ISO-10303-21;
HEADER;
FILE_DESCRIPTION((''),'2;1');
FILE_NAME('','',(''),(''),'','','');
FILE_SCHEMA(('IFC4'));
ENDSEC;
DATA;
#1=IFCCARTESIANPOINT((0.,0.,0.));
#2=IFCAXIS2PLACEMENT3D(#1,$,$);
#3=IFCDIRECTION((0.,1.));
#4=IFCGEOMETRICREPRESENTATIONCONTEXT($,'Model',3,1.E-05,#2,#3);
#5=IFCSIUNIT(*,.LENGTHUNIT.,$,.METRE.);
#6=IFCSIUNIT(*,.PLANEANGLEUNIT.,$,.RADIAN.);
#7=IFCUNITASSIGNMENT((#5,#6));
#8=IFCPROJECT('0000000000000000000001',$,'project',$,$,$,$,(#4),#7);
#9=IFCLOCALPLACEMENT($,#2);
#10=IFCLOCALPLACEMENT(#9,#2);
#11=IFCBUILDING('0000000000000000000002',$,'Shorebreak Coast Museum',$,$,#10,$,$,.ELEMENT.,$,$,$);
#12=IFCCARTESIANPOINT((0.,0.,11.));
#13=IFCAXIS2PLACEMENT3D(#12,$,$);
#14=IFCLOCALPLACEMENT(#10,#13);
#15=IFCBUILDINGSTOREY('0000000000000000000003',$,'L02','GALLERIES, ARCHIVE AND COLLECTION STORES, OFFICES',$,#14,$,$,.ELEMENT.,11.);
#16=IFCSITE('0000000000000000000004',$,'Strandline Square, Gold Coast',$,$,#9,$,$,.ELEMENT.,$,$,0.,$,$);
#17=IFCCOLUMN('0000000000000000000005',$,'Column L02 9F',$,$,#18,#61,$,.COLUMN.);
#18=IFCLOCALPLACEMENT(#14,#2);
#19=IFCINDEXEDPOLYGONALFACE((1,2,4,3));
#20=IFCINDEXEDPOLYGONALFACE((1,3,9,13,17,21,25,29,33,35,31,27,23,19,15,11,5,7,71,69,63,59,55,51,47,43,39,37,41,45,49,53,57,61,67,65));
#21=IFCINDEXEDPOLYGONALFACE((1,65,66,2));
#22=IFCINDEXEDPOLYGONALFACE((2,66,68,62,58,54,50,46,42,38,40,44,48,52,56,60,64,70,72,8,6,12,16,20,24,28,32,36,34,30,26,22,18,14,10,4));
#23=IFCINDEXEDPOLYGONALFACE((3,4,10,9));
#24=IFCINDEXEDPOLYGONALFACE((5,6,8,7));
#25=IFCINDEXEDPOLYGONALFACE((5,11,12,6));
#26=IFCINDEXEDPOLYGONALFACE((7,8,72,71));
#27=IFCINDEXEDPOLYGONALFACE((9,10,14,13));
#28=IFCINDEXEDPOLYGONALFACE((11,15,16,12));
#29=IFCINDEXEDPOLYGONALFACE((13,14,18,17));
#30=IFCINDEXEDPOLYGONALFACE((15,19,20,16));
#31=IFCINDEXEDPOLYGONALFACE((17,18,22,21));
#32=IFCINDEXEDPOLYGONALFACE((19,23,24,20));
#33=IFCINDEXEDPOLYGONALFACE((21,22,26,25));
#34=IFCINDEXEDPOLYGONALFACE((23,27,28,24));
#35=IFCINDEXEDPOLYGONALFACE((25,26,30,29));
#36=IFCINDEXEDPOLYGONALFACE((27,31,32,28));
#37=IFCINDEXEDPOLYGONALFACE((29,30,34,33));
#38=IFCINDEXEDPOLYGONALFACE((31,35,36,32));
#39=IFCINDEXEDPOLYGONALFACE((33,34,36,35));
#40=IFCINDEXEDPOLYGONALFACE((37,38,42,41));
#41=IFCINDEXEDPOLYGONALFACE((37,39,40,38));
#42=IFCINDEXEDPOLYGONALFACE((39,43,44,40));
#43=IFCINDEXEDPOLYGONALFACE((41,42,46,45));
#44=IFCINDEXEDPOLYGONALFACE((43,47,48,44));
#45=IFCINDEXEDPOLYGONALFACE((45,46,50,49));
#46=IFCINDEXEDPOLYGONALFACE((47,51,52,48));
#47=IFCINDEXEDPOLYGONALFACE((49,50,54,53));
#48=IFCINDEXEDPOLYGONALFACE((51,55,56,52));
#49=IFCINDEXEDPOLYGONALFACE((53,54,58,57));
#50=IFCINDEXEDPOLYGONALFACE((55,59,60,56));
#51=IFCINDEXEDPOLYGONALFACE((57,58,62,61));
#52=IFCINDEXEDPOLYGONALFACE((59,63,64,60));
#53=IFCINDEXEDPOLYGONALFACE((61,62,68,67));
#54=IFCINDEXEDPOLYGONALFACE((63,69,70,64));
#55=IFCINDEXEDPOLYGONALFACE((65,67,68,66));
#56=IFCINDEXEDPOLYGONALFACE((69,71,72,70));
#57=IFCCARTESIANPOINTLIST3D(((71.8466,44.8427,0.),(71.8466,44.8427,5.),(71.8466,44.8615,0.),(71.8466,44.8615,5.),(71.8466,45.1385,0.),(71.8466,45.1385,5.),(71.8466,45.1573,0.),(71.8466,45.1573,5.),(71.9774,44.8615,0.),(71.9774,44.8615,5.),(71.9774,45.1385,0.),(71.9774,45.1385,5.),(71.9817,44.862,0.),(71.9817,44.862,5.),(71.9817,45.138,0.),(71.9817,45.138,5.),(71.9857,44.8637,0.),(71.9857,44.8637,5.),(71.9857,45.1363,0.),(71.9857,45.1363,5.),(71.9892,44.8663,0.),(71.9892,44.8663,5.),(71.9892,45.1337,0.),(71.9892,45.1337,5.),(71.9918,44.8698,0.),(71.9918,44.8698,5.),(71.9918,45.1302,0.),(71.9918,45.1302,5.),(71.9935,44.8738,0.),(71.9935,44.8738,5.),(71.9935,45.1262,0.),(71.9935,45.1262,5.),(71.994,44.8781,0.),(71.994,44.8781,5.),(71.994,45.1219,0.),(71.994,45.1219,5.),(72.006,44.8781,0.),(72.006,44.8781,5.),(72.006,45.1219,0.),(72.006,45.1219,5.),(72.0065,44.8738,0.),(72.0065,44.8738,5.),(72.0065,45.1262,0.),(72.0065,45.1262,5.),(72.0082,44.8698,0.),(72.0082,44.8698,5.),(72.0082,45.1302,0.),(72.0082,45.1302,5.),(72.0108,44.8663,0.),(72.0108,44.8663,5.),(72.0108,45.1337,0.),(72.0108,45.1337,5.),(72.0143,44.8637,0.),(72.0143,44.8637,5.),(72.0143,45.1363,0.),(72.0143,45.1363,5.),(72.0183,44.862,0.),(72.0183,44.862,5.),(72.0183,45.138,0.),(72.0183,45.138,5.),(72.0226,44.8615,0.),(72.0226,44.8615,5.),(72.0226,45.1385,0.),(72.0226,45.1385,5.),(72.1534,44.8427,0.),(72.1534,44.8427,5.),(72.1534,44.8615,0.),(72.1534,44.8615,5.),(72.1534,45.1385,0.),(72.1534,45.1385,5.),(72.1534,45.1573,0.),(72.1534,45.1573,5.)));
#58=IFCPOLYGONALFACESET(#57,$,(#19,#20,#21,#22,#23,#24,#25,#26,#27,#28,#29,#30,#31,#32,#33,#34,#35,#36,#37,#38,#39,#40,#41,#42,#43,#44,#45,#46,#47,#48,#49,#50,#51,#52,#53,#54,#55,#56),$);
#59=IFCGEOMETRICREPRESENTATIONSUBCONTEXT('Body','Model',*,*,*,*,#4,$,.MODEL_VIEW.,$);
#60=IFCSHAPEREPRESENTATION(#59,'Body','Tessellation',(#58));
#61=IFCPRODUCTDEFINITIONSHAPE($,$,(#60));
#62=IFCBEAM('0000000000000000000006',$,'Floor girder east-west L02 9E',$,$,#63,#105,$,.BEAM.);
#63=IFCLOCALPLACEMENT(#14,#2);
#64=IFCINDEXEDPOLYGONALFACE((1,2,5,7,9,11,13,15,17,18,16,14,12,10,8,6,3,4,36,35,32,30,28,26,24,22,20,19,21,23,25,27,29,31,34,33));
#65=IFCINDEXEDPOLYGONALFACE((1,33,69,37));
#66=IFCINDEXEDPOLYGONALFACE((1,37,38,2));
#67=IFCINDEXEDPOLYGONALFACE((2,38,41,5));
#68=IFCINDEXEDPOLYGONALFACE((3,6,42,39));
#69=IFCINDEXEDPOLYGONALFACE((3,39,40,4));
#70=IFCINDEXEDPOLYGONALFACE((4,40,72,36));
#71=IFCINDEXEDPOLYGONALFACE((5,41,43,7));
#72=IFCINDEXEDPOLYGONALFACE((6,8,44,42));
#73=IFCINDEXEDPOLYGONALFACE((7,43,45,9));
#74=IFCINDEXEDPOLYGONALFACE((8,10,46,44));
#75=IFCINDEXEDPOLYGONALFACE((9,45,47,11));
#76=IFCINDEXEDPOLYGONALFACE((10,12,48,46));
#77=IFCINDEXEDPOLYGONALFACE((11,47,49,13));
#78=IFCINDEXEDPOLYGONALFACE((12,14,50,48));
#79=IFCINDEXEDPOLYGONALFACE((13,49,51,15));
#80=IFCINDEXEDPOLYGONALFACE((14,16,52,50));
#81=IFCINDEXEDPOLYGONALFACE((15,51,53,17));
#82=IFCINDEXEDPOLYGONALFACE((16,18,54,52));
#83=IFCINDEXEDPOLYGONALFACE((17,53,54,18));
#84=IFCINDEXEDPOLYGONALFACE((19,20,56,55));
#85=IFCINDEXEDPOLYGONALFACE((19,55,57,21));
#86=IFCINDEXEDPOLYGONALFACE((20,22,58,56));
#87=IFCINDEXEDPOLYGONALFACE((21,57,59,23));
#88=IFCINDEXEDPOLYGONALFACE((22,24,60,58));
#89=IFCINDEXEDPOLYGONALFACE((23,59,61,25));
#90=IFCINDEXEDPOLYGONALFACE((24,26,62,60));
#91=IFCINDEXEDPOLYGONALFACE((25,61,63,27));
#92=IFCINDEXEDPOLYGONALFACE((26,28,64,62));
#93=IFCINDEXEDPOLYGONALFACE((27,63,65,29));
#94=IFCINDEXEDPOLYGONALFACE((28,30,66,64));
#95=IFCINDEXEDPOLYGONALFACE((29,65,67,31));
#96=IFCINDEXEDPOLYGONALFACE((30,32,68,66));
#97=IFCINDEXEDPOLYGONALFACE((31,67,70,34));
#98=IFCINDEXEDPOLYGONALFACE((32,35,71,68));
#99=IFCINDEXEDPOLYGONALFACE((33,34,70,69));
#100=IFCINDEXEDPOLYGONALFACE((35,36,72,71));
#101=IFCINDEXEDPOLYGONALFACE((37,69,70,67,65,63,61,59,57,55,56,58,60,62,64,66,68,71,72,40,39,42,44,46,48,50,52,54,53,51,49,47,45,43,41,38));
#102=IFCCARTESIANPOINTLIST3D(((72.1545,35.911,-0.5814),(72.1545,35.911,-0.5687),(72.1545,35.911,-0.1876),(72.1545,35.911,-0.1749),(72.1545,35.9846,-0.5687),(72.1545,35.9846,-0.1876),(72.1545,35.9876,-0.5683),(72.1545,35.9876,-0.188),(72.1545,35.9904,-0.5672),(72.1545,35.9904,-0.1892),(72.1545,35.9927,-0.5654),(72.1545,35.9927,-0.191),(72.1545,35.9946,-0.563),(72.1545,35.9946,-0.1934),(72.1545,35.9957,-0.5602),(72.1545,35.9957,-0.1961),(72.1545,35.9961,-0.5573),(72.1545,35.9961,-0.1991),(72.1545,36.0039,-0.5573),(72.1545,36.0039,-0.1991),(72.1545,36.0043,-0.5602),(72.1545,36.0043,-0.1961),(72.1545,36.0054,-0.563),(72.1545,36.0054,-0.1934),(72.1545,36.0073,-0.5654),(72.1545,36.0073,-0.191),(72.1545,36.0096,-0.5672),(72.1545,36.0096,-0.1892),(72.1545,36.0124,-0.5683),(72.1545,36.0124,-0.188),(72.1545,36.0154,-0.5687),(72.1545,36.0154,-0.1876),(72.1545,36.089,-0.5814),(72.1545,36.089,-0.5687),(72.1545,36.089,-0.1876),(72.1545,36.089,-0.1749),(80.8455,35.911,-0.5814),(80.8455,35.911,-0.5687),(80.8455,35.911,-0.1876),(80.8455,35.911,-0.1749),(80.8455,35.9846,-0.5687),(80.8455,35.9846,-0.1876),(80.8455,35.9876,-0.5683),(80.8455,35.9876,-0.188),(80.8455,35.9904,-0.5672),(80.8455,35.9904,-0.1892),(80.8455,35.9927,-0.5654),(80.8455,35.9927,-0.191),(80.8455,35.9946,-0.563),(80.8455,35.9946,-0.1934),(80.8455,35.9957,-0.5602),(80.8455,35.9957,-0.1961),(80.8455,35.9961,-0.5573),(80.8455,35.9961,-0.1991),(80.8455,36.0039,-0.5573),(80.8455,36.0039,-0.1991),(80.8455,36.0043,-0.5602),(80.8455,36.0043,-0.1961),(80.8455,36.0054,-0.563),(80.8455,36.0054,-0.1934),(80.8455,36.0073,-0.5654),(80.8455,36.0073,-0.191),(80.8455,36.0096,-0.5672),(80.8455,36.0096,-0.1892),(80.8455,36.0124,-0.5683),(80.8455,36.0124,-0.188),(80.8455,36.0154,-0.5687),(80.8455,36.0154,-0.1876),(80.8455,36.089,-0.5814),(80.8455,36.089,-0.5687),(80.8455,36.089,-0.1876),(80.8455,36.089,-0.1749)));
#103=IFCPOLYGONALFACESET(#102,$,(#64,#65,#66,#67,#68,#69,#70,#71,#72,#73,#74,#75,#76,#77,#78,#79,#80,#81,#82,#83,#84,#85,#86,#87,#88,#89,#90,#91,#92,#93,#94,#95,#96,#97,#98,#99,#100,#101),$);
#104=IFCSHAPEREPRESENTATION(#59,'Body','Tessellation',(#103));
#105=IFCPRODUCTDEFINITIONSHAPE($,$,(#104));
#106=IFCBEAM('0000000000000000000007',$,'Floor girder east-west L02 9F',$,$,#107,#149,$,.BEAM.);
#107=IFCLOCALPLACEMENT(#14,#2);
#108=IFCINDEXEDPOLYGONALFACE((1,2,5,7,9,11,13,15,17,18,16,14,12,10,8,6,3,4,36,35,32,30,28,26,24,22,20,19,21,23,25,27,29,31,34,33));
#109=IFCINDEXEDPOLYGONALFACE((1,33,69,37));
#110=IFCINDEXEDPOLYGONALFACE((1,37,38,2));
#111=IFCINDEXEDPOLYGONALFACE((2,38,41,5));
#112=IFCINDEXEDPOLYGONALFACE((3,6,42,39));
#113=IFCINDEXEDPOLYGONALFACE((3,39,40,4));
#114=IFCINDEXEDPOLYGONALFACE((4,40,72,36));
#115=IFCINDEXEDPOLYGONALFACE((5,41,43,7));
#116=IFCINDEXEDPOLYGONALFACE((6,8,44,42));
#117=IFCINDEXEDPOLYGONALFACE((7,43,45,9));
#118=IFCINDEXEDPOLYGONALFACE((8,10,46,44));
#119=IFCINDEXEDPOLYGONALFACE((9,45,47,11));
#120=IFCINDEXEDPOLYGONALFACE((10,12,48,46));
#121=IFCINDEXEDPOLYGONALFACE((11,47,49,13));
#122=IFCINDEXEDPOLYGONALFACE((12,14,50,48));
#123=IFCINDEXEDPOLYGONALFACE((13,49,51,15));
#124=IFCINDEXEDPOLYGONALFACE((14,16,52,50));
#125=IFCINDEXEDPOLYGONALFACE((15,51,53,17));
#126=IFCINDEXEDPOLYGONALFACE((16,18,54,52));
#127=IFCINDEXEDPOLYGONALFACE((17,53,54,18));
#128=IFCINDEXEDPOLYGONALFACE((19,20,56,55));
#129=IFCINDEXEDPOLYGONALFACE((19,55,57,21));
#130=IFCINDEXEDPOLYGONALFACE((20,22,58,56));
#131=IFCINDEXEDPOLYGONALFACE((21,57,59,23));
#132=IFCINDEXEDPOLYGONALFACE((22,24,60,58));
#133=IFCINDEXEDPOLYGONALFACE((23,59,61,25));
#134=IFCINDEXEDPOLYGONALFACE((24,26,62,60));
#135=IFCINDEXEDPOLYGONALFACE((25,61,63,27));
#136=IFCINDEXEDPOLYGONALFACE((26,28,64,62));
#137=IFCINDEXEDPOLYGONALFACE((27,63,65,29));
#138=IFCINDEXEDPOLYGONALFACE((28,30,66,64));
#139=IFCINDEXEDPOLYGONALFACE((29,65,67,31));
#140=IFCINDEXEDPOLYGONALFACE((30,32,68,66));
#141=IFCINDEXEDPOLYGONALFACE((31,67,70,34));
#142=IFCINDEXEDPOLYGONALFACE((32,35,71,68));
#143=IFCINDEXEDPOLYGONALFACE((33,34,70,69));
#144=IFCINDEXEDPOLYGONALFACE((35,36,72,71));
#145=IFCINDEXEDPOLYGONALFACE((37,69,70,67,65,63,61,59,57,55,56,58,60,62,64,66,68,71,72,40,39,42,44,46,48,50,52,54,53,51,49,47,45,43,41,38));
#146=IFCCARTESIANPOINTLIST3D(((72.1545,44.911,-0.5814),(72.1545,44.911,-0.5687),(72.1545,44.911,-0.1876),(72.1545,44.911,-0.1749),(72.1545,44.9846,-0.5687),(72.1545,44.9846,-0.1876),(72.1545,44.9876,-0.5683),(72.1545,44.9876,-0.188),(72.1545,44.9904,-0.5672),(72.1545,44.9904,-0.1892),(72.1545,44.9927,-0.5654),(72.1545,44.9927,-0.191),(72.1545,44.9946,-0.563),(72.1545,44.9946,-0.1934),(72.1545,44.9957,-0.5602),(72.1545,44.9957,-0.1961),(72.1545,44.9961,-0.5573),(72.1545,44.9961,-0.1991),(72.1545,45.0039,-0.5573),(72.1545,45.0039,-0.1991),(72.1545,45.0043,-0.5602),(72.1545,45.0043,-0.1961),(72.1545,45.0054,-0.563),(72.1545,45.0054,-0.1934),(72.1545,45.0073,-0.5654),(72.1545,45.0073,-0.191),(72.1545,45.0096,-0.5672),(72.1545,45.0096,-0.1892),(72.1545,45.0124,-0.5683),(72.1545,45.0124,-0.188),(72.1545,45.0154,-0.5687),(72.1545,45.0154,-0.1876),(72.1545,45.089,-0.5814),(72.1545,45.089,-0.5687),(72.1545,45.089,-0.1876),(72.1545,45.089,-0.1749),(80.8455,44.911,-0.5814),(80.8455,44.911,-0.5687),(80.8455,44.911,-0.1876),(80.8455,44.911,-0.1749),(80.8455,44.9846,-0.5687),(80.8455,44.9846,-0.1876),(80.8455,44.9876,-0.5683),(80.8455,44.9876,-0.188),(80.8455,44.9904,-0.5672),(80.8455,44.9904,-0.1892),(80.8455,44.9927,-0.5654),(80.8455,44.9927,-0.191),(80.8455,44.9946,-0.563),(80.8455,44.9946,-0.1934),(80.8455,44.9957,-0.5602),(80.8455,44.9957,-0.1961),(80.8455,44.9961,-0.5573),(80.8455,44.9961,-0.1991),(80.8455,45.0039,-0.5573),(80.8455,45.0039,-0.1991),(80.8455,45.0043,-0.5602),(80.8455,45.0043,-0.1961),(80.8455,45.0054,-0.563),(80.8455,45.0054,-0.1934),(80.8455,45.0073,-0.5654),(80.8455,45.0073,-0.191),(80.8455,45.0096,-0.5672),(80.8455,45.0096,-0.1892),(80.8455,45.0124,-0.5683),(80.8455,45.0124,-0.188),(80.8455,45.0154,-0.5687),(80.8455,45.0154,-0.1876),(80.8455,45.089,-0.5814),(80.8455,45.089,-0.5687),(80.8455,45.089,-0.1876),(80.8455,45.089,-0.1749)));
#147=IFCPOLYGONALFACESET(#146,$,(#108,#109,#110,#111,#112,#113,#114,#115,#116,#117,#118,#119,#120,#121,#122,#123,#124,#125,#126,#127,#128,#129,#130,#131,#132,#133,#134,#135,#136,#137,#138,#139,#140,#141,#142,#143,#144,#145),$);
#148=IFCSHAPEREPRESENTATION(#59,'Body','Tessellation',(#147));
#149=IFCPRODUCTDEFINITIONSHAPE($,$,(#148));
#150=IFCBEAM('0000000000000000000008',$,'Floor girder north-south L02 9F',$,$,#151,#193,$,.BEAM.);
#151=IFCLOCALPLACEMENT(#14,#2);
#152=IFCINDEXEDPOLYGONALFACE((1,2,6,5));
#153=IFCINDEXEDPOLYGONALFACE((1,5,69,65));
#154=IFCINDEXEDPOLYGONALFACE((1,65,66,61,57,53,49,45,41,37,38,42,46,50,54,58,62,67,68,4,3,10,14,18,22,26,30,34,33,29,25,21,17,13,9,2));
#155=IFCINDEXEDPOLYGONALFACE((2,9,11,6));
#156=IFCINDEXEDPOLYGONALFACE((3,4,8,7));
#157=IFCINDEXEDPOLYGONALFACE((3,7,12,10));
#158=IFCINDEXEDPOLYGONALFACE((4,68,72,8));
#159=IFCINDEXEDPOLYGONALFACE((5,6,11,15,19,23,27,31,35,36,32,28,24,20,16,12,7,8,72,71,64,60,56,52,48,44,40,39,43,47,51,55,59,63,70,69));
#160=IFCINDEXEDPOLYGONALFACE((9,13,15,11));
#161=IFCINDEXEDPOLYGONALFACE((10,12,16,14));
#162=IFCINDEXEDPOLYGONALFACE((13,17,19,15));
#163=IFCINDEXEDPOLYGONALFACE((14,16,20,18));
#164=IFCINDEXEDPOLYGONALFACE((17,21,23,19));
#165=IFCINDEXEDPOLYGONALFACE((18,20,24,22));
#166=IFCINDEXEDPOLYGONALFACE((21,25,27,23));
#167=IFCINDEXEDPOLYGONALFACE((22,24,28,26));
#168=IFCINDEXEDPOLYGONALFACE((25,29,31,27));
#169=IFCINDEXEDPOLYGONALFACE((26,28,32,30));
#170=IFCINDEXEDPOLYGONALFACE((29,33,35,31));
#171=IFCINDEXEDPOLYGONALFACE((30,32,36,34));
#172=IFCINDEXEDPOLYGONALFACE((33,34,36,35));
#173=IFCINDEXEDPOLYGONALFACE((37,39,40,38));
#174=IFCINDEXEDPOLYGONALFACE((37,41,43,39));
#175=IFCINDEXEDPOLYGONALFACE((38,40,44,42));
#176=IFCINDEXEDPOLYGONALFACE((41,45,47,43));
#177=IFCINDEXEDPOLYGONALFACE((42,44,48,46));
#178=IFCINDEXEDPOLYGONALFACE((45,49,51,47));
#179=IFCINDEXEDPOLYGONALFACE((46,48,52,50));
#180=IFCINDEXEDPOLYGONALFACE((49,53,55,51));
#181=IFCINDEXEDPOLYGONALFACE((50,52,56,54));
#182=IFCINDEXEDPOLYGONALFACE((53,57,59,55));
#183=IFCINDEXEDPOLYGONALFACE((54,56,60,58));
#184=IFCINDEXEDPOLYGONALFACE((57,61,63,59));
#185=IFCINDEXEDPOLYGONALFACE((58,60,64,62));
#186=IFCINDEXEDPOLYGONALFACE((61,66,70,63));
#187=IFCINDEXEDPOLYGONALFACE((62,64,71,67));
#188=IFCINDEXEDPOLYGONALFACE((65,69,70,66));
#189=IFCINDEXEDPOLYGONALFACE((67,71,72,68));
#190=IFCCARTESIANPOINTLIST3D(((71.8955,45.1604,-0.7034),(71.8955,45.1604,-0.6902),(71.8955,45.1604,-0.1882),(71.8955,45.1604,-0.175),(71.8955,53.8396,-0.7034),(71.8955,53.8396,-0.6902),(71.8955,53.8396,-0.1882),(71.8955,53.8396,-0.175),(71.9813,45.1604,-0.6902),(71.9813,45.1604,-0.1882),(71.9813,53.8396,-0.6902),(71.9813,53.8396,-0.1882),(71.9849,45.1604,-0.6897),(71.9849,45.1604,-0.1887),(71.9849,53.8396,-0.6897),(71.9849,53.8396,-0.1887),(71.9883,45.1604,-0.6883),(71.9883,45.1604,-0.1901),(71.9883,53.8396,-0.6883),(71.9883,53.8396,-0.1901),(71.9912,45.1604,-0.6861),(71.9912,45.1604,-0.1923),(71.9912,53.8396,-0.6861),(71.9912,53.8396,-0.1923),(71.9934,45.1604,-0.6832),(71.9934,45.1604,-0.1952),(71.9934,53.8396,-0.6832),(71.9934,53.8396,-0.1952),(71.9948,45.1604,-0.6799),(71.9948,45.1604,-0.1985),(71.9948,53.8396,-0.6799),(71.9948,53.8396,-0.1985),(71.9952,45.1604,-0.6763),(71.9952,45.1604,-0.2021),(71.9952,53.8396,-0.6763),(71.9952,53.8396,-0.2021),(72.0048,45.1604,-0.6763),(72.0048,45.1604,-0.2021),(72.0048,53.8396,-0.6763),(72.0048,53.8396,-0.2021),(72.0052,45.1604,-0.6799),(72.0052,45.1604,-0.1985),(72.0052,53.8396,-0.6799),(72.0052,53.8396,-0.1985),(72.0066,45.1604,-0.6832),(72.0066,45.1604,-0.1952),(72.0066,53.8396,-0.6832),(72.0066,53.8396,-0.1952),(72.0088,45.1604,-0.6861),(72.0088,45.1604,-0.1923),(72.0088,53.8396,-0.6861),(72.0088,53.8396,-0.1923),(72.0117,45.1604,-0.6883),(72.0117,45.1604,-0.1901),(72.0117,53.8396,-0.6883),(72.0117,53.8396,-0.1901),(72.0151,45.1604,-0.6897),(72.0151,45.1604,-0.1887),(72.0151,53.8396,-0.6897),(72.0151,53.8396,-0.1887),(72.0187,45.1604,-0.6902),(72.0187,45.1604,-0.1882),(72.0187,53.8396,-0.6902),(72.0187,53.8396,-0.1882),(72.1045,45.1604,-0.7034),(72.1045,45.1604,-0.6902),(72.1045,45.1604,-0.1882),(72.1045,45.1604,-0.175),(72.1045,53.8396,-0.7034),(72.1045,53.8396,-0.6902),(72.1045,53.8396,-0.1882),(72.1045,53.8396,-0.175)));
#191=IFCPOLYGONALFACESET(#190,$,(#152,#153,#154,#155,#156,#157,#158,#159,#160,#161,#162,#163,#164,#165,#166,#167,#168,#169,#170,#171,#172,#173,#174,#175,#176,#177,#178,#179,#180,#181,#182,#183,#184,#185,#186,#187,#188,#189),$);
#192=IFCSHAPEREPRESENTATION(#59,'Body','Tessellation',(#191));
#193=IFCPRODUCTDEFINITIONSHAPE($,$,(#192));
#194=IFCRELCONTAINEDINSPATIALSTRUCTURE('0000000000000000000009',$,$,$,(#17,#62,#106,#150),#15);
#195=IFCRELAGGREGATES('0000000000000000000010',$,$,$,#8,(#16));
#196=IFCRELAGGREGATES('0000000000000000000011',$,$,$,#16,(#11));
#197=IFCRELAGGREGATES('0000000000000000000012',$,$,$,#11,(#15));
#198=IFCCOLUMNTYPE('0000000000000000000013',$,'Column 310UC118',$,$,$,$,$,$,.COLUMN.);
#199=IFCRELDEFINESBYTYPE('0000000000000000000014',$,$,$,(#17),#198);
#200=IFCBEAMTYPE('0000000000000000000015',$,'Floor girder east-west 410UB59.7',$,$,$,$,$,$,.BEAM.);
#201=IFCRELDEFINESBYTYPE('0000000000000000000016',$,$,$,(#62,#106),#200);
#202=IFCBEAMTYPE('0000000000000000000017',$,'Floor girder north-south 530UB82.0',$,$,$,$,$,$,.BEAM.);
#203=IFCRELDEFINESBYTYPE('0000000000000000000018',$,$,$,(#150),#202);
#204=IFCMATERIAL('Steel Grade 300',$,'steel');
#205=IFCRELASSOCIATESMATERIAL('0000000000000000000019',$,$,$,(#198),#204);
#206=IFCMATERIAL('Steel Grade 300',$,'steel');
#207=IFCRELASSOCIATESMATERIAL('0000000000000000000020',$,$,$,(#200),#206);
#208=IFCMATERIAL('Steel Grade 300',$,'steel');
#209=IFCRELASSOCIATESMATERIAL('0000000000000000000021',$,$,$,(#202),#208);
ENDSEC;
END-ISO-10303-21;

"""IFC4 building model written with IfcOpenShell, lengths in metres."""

from ifc_helpers import new_model, si_unit, direction, frame, origin, origin_2d, place, context, subcontext, project, spatial, i_section, extrude, material, material_profile, profile_set, type_object, element, save


model = new_model("IFC4")

# Units and contexts
model_context = context("Model", 3, precision=1e-05, world=origin(), true_north=direction((0.0, 1.0)))
body_context = subcontext(model_context, "Body", "Model", "MODEL_VIEW")
ifc_project = project(units=[si_unit("LENGTHUNIT", "METRE"), si_unit("PLANEANGLEUNIT", "RADIAN")], contexts=[model_context])

# Site, building, storey
site_placement = place(None, origin())
site = spatial("IfcSite", under=ifc_project, at=site_placement, Name="Strandline Square, Gold Coast", CompositionType="ELEMENT", RefElevation=0.0)
building_placement = place(site_placement, origin())
building = spatial("IfcBuilding", under=site, at=building_placement, Name="Shorebreak Coast Museum", CompositionType="ELEMENT")
storey_placement = place(building_placement, frame((0.0, 0.0, 11.0)))
storey = spatial("IfcBuildingStorey", under=building, at=storey_placement, Name="L02", Description="GALLERIES, ARCHIVE AND COLLECTION STORES, OFFICES", CompositionType="ELEMENT", Elevation=11.0)

# Column
ifc_material_1 = material(Name="Steel Grade 300", Category="steel")
ifc_material_profile_1 = material_profile(ifc_material_1, i_section(OverallWidth=0.3069, OverallDepth=0.3147, WebThickness=0.012, FlangeThickness=0.0188, FilletRadius=0.0166, at=origin_2d()), Name="310UC118")
ifc_profile_set_1 = profile_set([ifc_material_profile_1], Name="Steel Grade 300")
column_type = type_object("IfcColumnType", Name="Column 310UC118", PredefinedType="COLUMN", material=ifc_profile_set_1)
column_placement = place(storey_placement, frame((72.0, 45.0, 0.0), z_axis=(0.0, 0.0, 1.0), x_axis=(1.0, 0.0, 0.0)))
element("IfcColumn", 1, at=column_placement, inside=storey, type_object=column_type, Name="Column L02 9F", PredefinedType="COLUMN", context=body_context, shape_type="SweptSolid", body=[
    extrude(i_section(OverallWidth=0.3069, OverallDepth=0.3147, WebThickness=0.012, FlangeThickness=0.0188, FilletRadius=0.0166, at=origin_2d()), origin(), (0.0, 0.0, 1.0), 5.0),
])

# Beams
ifc_material_2 = material(Name="Steel Grade 300", Category="steel")
ifc_material_profile_2 = material_profile(ifc_material_2, i_section(OverallWidth=0.178, OverallDepth=0.4065, WebThickness=0.0078, FlangeThickness=0.0127, FilletRadius=0.0115, at=origin_2d()), Name="410UB59.7")
ifc_profile_set_2 = profile_set([ifc_material_profile_2], Name="Steel Grade 300")
beam_type_1 = type_object("IfcBeamType", Name="Floor girder east-west 410UB59.7", PredefinedType="BEAM", material=ifc_profile_set_2)
for number, where, z_axis, x_axis, name in (
    (2, (72.1545, 36.0, -0.3782), (1.0, 0.0, 0.0), (0.0, 1.0, 0.0), "Floor girder east-west L02 9E"),
    (3, (72.1545, 45.0, -0.3782), (1.0, 0.0, 0.0), (0.0, 1.0, 0.0), "Floor girder east-west L02 9F"),
):
    element("IfcBeam", number, at=place(storey_placement, frame(where, z_axis=z_axis, x_axis=x_axis)), inside=storey, type_object=beam_type_1, Name=name, PredefinedType="BEAM", context=body_context, shape_type="SweptSolid", body=[
        extrude(i_section(OverallWidth=0.178, OverallDepth=0.4065, WebThickness=0.0078, FlangeThickness=0.0127, FilletRadius=0.0115, at=origin_2d()), origin(), (0.0, 0.0, 1.0), 8.6909),
    ])
ifc_material_3 = material(Name="Steel Grade 300", Category="steel")
ifc_material_profile_3 = material_profile(ifc_material_3, i_section(OverallWidth=0.209, OverallDepth=0.5283, WebThickness=0.0095, FlangeThickness=0.0132, FilletRadius=0.0139, at=origin_2d()), Name="530UB82.0")
ifc_profile_set_3 = profile_set([ifc_material_profile_3], Name="Steel Grade 300")
beam_type_2 = type_object("IfcBeamType", Name="Floor girder north-south 530UB82.0", PredefinedType="BEAM", material=ifc_profile_set_3)
beam_1_placement = place(storey_placement, frame((72.0, 45.1604, -0.4392), z_axis=(0.0, 1.0, 0.0), x_axis=(-1.0, 0.0, 0.0)))
element("IfcBeam", 4, at=beam_1_placement, inside=storey, type_object=beam_type_2, Name="Floor girder north-south L02 9F", PredefinedType="BEAM", context=body_context, shape_type="SweptSolid", body=[
    extrude(i_section(OverallWidth=0.209, OverallDepth=0.5283, WebThickness=0.0095, FlangeThickness=0.0132, FilletRadius=0.0139, at=origin_2d()), origin(), (0.0, 0.0, 1.0), 8.6792),
])

save(model, "model.ifc")
